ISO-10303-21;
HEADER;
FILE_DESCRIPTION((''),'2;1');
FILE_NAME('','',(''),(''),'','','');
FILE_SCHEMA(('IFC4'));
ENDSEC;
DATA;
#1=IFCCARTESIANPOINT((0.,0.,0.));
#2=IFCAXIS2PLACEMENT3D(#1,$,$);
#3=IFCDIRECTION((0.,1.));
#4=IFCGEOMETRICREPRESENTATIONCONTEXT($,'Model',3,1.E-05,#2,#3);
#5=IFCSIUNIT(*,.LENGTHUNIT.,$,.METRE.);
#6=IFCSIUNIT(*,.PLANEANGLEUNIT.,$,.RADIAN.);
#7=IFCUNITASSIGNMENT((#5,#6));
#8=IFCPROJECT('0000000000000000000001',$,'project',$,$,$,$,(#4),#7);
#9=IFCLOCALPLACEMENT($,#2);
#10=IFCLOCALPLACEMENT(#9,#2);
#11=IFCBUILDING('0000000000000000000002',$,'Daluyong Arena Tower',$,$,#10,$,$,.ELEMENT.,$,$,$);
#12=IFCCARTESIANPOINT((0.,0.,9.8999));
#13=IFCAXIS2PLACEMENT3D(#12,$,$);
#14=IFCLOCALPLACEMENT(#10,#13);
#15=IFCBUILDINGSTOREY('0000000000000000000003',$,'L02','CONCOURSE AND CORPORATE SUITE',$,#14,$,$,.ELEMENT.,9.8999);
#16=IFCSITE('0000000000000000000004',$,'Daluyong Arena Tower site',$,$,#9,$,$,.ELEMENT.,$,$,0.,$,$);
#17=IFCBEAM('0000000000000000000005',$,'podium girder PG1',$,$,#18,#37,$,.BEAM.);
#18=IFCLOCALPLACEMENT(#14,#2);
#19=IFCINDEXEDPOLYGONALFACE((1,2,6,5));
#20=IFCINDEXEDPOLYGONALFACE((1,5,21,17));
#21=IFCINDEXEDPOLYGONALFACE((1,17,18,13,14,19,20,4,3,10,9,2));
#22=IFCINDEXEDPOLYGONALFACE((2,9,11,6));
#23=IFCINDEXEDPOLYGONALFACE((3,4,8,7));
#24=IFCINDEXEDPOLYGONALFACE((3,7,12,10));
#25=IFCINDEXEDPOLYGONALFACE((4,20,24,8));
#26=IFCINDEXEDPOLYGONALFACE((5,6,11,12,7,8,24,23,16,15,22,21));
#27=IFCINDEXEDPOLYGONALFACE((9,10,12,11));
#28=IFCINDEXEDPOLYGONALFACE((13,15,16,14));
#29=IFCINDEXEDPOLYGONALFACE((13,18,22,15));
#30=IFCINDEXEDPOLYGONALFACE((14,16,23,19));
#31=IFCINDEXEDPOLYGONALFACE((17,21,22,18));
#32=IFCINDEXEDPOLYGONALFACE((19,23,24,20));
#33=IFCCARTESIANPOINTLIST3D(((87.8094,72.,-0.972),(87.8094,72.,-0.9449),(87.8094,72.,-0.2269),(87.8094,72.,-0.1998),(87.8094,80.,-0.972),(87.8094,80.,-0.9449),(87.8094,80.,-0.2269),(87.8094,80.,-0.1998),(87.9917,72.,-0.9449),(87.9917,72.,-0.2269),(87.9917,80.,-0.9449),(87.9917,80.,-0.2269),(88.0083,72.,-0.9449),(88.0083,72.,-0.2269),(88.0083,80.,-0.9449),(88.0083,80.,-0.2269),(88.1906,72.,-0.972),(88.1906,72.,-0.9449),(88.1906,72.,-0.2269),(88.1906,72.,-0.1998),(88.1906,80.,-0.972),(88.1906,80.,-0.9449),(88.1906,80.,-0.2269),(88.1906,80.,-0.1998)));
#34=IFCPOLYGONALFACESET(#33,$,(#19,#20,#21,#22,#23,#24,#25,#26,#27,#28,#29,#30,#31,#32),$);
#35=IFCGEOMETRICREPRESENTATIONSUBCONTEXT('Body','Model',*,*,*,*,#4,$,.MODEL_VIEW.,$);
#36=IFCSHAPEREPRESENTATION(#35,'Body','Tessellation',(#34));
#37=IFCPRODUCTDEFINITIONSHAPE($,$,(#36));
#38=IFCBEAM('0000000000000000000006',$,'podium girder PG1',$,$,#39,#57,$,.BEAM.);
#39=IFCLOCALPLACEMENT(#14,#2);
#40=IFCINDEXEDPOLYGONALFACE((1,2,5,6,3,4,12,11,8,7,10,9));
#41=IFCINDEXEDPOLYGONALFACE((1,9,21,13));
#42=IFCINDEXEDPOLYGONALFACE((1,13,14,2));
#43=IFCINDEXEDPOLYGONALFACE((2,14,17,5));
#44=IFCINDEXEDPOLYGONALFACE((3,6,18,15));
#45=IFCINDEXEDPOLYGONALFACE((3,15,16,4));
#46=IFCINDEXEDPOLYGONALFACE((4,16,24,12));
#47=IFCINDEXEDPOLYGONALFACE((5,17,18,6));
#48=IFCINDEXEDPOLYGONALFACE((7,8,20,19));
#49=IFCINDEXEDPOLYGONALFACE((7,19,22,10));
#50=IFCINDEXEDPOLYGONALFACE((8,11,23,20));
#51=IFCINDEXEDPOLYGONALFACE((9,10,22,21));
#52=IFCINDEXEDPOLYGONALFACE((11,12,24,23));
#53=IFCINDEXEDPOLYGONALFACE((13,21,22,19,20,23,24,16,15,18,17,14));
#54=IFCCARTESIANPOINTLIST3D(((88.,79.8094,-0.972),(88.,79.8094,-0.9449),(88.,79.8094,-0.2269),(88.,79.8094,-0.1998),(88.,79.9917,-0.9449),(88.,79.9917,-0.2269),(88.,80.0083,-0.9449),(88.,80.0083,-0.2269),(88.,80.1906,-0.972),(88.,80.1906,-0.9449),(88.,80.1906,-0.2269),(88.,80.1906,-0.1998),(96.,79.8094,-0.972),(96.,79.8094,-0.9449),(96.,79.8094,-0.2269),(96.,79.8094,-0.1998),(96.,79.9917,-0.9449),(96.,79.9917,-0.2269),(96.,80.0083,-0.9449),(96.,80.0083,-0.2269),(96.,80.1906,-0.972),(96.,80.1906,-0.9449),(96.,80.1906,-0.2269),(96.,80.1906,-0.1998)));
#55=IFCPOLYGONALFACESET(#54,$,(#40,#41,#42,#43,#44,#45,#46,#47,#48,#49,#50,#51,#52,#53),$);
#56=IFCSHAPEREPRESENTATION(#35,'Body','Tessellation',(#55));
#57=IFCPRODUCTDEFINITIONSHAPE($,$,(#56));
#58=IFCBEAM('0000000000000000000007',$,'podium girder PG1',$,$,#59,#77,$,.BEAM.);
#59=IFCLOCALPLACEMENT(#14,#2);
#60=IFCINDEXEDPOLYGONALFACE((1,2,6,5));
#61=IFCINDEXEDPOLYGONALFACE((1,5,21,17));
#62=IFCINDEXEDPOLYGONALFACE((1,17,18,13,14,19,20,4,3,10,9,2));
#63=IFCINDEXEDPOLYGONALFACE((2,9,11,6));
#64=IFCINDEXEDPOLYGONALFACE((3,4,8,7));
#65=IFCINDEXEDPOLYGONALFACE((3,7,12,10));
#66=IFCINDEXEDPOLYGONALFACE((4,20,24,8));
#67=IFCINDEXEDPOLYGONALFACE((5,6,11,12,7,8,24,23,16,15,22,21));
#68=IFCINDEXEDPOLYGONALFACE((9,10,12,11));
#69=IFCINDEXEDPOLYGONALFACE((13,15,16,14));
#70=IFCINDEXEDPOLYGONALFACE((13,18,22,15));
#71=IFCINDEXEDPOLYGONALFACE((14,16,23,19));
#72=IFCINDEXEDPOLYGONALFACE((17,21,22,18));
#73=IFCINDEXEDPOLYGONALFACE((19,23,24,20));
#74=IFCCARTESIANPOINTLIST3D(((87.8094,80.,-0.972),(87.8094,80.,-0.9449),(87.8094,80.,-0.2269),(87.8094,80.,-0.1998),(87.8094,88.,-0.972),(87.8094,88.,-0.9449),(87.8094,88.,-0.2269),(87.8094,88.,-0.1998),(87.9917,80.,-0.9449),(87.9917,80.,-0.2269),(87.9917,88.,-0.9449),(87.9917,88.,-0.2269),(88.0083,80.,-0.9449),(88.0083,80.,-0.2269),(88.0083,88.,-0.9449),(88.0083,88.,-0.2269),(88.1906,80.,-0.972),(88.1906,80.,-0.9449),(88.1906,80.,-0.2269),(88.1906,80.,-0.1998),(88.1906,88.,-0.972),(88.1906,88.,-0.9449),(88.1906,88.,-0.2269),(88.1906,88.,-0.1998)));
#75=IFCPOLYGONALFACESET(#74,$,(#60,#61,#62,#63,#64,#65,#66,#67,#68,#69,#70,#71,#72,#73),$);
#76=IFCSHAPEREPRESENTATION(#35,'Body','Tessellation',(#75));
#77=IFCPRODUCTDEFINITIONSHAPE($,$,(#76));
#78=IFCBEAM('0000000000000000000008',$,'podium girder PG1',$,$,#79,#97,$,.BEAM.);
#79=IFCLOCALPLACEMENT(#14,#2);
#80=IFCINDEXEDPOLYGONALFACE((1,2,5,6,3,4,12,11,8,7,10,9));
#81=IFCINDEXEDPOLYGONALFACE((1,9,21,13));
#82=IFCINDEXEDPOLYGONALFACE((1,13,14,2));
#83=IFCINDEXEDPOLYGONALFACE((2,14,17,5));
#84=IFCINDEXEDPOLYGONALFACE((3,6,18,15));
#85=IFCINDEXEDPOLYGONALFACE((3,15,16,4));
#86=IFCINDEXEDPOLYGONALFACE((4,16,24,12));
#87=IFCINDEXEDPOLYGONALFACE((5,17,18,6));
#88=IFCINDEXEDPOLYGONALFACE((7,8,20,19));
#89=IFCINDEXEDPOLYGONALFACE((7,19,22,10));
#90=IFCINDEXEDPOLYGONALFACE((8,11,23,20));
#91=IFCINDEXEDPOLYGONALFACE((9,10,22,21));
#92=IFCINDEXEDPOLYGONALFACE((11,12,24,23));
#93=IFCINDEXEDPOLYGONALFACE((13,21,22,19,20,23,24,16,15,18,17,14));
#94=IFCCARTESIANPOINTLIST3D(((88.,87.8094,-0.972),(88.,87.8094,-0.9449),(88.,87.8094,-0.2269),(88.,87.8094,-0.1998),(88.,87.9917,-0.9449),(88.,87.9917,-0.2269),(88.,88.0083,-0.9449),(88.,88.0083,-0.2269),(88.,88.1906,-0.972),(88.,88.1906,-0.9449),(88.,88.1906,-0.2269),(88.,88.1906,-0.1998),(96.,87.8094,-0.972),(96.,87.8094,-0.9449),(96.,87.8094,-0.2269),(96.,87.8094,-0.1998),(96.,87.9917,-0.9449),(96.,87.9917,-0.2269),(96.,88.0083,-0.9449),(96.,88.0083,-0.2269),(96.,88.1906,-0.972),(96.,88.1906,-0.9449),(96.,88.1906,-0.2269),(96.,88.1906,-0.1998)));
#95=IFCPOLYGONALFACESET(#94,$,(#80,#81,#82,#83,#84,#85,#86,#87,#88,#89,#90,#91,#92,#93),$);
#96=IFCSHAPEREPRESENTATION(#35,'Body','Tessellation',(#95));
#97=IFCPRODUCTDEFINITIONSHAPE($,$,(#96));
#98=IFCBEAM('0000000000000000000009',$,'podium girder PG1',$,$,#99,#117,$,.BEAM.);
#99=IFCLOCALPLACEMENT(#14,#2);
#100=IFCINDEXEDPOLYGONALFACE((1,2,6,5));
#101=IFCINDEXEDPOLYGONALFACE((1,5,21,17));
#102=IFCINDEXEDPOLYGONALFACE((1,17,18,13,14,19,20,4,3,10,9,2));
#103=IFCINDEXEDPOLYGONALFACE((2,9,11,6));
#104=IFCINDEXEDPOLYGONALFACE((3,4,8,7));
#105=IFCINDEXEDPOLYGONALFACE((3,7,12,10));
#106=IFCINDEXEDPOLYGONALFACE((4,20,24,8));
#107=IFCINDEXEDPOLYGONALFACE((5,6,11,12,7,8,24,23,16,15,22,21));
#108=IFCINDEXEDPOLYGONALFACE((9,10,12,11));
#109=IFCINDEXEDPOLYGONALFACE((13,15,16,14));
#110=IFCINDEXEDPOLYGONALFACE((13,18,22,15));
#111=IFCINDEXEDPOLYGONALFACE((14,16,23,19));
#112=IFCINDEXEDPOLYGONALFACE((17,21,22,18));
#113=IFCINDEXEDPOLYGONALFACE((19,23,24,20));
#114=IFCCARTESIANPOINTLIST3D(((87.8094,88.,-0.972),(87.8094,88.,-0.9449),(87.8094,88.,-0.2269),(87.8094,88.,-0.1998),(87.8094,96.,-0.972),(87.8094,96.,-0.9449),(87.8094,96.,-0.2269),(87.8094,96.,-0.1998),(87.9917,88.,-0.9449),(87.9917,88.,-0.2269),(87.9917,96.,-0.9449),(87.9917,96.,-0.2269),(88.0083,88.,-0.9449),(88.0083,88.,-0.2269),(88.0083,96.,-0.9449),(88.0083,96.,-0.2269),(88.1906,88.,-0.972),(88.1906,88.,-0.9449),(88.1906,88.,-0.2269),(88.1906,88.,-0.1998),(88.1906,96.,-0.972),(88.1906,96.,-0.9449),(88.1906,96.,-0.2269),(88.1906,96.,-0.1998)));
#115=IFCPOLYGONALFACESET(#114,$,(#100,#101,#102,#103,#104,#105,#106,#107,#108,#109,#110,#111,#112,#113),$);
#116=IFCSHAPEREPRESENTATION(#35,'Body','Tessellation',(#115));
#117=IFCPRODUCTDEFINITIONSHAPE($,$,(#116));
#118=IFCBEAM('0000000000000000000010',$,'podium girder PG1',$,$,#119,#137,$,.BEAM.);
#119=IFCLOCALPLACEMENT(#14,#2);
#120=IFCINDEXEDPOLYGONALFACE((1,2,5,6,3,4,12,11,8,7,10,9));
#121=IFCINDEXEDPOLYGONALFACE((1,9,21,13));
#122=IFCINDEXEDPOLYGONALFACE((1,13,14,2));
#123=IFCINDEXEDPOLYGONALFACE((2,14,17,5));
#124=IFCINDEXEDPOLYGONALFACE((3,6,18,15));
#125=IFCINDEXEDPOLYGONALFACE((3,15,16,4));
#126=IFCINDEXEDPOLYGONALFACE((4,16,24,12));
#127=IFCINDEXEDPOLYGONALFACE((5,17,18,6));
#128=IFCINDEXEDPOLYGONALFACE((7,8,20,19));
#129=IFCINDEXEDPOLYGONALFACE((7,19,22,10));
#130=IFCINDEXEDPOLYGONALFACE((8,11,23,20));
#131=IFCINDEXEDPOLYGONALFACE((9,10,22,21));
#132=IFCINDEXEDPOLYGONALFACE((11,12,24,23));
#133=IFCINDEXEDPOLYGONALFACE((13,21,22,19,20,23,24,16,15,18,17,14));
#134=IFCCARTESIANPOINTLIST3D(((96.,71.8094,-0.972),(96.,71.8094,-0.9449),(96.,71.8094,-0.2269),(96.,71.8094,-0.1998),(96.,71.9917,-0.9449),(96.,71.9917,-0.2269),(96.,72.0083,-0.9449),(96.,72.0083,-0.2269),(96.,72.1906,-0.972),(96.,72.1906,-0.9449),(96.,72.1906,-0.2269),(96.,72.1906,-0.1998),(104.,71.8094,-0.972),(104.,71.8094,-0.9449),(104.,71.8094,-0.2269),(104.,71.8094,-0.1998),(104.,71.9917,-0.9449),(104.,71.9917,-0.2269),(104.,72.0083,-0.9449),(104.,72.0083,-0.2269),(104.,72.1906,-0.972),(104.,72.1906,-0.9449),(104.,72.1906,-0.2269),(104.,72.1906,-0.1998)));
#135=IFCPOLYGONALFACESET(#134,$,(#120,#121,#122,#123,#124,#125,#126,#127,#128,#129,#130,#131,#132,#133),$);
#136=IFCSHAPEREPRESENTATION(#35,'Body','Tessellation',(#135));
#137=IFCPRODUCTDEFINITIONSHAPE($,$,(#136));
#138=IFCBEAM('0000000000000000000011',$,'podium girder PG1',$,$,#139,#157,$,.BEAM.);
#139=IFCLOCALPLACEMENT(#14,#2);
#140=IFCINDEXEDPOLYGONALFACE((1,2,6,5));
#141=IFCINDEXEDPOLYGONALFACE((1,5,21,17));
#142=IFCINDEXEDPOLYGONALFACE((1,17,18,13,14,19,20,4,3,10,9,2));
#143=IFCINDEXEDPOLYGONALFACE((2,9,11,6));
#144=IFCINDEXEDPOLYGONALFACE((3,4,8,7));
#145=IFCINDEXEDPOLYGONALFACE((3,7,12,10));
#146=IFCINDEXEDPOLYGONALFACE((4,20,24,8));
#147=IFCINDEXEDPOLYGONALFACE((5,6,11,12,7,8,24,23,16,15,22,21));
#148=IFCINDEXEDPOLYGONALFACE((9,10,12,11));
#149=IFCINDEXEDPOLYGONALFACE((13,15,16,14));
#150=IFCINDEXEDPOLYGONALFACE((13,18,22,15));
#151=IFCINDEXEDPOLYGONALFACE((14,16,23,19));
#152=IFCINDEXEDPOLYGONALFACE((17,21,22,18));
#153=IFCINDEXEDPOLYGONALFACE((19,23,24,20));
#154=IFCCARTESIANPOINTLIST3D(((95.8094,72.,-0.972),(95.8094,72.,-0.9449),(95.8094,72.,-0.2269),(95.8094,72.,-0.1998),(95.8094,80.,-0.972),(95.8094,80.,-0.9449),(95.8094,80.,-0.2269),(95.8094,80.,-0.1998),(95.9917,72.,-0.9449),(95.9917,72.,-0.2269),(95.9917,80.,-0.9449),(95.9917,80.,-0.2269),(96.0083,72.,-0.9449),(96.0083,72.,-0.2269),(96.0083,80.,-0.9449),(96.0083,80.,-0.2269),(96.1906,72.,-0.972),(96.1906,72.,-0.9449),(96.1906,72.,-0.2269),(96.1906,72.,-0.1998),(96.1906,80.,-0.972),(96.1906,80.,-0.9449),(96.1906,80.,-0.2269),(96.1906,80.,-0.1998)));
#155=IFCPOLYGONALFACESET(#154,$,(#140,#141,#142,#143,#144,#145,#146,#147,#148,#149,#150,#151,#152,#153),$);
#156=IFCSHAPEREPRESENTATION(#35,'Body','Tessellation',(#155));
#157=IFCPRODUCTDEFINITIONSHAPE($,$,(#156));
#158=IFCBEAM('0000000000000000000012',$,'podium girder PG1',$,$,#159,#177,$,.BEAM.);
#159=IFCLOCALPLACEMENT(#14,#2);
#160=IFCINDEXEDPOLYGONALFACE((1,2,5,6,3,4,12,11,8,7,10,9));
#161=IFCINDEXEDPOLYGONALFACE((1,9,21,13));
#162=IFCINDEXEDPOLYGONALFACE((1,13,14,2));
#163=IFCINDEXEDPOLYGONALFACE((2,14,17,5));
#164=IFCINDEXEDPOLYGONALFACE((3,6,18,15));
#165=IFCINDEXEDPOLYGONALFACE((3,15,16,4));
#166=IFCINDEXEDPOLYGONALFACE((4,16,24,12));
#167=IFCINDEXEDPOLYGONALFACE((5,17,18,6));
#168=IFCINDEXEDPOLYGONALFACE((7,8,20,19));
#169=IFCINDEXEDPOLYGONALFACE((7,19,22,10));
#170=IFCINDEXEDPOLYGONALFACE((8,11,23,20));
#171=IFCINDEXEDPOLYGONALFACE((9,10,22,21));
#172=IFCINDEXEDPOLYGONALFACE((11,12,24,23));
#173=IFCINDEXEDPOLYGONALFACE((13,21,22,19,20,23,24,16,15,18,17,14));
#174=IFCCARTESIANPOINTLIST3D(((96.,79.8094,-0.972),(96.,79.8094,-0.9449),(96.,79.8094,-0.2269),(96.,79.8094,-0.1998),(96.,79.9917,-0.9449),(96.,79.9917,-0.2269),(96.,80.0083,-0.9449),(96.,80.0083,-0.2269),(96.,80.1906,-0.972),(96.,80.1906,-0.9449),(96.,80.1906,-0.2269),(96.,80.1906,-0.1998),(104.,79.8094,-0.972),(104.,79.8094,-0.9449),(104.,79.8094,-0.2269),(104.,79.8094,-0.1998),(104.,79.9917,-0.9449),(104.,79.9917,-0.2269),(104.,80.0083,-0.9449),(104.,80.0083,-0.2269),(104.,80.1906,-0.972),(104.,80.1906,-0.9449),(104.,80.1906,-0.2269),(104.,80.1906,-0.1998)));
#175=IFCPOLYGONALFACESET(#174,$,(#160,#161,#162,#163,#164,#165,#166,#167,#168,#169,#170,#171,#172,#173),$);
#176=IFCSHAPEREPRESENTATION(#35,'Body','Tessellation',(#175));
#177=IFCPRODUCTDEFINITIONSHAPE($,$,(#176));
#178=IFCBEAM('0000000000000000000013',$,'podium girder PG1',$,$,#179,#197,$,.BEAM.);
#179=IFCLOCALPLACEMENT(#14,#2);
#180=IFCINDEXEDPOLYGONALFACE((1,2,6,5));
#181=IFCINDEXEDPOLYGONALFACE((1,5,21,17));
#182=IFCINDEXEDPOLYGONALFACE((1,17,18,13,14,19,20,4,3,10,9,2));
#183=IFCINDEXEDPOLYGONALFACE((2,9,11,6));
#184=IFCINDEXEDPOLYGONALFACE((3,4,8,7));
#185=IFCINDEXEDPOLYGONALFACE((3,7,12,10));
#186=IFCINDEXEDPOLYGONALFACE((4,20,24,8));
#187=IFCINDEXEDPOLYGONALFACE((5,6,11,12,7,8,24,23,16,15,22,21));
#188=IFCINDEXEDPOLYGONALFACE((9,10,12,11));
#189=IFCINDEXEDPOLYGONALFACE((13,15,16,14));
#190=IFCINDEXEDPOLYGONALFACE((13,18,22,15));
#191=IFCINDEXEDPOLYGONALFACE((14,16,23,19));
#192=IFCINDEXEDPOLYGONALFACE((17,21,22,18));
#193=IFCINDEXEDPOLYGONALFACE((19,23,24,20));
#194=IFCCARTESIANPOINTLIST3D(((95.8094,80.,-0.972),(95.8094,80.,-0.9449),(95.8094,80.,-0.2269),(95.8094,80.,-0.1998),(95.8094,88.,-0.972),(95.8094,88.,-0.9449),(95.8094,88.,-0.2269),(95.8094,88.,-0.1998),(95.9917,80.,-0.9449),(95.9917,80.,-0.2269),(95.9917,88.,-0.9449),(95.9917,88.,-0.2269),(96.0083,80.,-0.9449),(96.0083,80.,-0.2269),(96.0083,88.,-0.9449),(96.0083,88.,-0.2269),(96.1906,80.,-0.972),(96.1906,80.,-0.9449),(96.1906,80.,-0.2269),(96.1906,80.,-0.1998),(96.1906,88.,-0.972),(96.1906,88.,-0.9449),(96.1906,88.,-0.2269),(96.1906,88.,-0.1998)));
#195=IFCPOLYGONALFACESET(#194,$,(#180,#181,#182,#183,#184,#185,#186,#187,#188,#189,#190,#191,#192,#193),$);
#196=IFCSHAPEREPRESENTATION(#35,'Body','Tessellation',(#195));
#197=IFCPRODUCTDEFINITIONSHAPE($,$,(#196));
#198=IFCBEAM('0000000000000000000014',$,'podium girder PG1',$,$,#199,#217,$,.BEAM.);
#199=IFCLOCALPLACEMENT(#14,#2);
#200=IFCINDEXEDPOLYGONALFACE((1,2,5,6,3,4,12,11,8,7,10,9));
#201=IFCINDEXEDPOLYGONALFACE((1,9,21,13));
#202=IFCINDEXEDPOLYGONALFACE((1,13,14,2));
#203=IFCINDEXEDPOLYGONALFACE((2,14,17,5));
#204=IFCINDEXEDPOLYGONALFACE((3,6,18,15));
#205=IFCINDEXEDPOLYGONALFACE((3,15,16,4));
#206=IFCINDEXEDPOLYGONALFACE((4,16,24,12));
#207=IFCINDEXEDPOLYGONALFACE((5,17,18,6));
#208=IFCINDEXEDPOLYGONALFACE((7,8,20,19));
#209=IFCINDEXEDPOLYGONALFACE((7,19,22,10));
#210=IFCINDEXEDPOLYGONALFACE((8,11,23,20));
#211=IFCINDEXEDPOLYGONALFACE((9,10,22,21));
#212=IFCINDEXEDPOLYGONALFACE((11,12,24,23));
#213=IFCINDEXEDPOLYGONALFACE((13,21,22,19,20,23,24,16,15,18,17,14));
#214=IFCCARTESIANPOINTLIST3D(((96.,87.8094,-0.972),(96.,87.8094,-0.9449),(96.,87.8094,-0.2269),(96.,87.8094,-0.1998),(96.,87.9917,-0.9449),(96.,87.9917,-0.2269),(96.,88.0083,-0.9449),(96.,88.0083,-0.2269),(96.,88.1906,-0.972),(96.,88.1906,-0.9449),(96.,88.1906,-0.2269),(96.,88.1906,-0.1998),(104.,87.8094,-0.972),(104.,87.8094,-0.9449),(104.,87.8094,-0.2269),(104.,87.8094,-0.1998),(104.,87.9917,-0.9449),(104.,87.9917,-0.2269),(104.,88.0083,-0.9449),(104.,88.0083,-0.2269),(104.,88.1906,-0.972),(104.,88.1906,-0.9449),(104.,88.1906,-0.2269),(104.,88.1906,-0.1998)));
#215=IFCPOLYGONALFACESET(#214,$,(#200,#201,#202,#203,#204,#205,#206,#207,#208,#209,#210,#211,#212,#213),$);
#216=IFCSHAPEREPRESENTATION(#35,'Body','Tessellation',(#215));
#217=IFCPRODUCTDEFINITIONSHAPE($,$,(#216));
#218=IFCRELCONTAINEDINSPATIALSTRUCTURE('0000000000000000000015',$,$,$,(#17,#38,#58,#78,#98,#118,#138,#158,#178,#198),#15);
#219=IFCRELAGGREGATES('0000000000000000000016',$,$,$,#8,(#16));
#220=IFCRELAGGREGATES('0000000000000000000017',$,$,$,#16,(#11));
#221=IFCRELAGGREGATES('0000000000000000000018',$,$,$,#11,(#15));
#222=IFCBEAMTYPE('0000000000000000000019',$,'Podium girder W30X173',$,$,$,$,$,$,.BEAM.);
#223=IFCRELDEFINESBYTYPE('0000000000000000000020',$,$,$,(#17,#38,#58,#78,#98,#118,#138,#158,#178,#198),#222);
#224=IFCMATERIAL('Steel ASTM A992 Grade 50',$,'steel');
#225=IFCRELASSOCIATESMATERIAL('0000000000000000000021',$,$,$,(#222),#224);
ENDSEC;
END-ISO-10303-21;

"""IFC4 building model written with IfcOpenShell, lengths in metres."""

from ifc_helpers import new_model, si_unit, direction, frame, origin, origin_2d, place, context, subcontext, project, spatial, i_section, extrude, material, material_profile, profile_set, type_object, element, save


model = new_model("IFC4")

# Units and contexts
model_context = context("Model", 3, precision=1e-05, world=origin(), true_north=direction((0.0, 1.0)))
body_context = subcontext(model_context, "Body", "Model", "MODEL_VIEW")
ifc_project = project(units=[si_unit("LENGTHUNIT", "METRE"), si_unit("PLANEANGLEUNIT", "RADIAN")], contexts=[model_context])

# Site, building, storey
site_placement = place(None, origin())
site = spatial("IfcSite", under=ifc_project, at=site_placement, Name="Daluyong Arena Tower site", CompositionType="ELEMENT", RefElevation=0.0)
building_placement = place(site_placement, origin())
building = spatial("IfcBuilding", under=site, at=building_placement, Name="Daluyong Arena Tower", CompositionType="ELEMENT")
storey_placement = place(building_placement, frame((0.0, 0.0, 9.8999)))
storey = spatial("IfcBuildingStorey", under=building, at=storey_placement, Name="L02", Description="CONCOURSE AND CORPORATE SUITE", CompositionType="ELEMENT", Elevation=9.8999)

# Beams
ifc_material_1 = material(Name="Steel ASTM A992 Grade 50", Category="steel")
ifc_material_profile_1 = material_profile(ifc_material_1, i_section(OverallWidth=0.3811, OverallDepth=0.7722, WebThickness=0.0166, FlangeThickness=0.0271, at=origin_2d()))
ifc_profile_set_1 = profile_set([ifc_material_profile_1], Name="Steel ASTM A992 Grade 50")
beam_type_1 = type_object("IfcBeamType", Name="Podium girder W30X173", PredefinedType="BEAM", material=ifc_profile_set_1)
for number, where, z_axis, x_axis, name in (
    (1, (88.0, 72.0, -0.5859), (0.0, 1.0, 0.0), (-1.0, 0.0, 0.0), "podium girder PG1"),
    (2, (88.0, 80.0, -0.5859), (1.0, 0.0, 0.0), (0.0, 1.0, 0.0), "podium girder PG1"),
    (3, (88.0, 80.0, -0.5859), (0.0, 1.0, 0.0), (-1.0, 0.0, 0.0), "podium girder PG1"),
    (4, (88.0, 88.0, -0.5859), (1.0, 0.0, 0.0), (0.0, 1.0, 0.0), "podium girder PG1"),
    (5, (88.0, 88.0, -0.5859), (0.0, 1.0, 0.0), (-1.0, 0.0, 0.0), "podium girder PG1"),
    (6, (96.0, 72.0, -0.5859), (1.0, 0.0, 0.0), (0.0, 1.0, 0.0), "podium girder PG1"),
    (7, (96.0, 72.0, -0.5859), (0.0, 1.0, 0.0), (-1.0, 0.0, 0.0), "podium girder PG1"),
    (8, (96.0, 80.0, -0.5859), (1.0, 0.0, 0.0), (0.0, 1.0, 0.0), "podium girder PG1"),
    (9, (96.0, 80.0, -0.5859), (0.0, 1.0, 0.0), (-1.0, 0.0, 0.0), "podium girder PG1"),
    (10, (96.0, 88.0, -0.5859), (1.0, 0.0, 0.0), (0.0, 1.0, 0.0), "podium girder PG1"),
):
    element("IfcBeam", number, at=place(storey_placement, frame(where, z_axis=z_axis, x_axis=x_axis)), inside=storey, type_object=beam_type_1, Name=name, PredefinedType="BEAM", context=body_context, shape_type="SweptSolid", body=[
        extrude(i_section(OverallWidth=0.3811, OverallDepth=0.7722, WebThickness=0.0166, FlangeThickness=0.0271, at=origin_2d()), origin(), (0.0, 0.0, 1.0), 8.0),
    ])

save(model, "model.ifc")
